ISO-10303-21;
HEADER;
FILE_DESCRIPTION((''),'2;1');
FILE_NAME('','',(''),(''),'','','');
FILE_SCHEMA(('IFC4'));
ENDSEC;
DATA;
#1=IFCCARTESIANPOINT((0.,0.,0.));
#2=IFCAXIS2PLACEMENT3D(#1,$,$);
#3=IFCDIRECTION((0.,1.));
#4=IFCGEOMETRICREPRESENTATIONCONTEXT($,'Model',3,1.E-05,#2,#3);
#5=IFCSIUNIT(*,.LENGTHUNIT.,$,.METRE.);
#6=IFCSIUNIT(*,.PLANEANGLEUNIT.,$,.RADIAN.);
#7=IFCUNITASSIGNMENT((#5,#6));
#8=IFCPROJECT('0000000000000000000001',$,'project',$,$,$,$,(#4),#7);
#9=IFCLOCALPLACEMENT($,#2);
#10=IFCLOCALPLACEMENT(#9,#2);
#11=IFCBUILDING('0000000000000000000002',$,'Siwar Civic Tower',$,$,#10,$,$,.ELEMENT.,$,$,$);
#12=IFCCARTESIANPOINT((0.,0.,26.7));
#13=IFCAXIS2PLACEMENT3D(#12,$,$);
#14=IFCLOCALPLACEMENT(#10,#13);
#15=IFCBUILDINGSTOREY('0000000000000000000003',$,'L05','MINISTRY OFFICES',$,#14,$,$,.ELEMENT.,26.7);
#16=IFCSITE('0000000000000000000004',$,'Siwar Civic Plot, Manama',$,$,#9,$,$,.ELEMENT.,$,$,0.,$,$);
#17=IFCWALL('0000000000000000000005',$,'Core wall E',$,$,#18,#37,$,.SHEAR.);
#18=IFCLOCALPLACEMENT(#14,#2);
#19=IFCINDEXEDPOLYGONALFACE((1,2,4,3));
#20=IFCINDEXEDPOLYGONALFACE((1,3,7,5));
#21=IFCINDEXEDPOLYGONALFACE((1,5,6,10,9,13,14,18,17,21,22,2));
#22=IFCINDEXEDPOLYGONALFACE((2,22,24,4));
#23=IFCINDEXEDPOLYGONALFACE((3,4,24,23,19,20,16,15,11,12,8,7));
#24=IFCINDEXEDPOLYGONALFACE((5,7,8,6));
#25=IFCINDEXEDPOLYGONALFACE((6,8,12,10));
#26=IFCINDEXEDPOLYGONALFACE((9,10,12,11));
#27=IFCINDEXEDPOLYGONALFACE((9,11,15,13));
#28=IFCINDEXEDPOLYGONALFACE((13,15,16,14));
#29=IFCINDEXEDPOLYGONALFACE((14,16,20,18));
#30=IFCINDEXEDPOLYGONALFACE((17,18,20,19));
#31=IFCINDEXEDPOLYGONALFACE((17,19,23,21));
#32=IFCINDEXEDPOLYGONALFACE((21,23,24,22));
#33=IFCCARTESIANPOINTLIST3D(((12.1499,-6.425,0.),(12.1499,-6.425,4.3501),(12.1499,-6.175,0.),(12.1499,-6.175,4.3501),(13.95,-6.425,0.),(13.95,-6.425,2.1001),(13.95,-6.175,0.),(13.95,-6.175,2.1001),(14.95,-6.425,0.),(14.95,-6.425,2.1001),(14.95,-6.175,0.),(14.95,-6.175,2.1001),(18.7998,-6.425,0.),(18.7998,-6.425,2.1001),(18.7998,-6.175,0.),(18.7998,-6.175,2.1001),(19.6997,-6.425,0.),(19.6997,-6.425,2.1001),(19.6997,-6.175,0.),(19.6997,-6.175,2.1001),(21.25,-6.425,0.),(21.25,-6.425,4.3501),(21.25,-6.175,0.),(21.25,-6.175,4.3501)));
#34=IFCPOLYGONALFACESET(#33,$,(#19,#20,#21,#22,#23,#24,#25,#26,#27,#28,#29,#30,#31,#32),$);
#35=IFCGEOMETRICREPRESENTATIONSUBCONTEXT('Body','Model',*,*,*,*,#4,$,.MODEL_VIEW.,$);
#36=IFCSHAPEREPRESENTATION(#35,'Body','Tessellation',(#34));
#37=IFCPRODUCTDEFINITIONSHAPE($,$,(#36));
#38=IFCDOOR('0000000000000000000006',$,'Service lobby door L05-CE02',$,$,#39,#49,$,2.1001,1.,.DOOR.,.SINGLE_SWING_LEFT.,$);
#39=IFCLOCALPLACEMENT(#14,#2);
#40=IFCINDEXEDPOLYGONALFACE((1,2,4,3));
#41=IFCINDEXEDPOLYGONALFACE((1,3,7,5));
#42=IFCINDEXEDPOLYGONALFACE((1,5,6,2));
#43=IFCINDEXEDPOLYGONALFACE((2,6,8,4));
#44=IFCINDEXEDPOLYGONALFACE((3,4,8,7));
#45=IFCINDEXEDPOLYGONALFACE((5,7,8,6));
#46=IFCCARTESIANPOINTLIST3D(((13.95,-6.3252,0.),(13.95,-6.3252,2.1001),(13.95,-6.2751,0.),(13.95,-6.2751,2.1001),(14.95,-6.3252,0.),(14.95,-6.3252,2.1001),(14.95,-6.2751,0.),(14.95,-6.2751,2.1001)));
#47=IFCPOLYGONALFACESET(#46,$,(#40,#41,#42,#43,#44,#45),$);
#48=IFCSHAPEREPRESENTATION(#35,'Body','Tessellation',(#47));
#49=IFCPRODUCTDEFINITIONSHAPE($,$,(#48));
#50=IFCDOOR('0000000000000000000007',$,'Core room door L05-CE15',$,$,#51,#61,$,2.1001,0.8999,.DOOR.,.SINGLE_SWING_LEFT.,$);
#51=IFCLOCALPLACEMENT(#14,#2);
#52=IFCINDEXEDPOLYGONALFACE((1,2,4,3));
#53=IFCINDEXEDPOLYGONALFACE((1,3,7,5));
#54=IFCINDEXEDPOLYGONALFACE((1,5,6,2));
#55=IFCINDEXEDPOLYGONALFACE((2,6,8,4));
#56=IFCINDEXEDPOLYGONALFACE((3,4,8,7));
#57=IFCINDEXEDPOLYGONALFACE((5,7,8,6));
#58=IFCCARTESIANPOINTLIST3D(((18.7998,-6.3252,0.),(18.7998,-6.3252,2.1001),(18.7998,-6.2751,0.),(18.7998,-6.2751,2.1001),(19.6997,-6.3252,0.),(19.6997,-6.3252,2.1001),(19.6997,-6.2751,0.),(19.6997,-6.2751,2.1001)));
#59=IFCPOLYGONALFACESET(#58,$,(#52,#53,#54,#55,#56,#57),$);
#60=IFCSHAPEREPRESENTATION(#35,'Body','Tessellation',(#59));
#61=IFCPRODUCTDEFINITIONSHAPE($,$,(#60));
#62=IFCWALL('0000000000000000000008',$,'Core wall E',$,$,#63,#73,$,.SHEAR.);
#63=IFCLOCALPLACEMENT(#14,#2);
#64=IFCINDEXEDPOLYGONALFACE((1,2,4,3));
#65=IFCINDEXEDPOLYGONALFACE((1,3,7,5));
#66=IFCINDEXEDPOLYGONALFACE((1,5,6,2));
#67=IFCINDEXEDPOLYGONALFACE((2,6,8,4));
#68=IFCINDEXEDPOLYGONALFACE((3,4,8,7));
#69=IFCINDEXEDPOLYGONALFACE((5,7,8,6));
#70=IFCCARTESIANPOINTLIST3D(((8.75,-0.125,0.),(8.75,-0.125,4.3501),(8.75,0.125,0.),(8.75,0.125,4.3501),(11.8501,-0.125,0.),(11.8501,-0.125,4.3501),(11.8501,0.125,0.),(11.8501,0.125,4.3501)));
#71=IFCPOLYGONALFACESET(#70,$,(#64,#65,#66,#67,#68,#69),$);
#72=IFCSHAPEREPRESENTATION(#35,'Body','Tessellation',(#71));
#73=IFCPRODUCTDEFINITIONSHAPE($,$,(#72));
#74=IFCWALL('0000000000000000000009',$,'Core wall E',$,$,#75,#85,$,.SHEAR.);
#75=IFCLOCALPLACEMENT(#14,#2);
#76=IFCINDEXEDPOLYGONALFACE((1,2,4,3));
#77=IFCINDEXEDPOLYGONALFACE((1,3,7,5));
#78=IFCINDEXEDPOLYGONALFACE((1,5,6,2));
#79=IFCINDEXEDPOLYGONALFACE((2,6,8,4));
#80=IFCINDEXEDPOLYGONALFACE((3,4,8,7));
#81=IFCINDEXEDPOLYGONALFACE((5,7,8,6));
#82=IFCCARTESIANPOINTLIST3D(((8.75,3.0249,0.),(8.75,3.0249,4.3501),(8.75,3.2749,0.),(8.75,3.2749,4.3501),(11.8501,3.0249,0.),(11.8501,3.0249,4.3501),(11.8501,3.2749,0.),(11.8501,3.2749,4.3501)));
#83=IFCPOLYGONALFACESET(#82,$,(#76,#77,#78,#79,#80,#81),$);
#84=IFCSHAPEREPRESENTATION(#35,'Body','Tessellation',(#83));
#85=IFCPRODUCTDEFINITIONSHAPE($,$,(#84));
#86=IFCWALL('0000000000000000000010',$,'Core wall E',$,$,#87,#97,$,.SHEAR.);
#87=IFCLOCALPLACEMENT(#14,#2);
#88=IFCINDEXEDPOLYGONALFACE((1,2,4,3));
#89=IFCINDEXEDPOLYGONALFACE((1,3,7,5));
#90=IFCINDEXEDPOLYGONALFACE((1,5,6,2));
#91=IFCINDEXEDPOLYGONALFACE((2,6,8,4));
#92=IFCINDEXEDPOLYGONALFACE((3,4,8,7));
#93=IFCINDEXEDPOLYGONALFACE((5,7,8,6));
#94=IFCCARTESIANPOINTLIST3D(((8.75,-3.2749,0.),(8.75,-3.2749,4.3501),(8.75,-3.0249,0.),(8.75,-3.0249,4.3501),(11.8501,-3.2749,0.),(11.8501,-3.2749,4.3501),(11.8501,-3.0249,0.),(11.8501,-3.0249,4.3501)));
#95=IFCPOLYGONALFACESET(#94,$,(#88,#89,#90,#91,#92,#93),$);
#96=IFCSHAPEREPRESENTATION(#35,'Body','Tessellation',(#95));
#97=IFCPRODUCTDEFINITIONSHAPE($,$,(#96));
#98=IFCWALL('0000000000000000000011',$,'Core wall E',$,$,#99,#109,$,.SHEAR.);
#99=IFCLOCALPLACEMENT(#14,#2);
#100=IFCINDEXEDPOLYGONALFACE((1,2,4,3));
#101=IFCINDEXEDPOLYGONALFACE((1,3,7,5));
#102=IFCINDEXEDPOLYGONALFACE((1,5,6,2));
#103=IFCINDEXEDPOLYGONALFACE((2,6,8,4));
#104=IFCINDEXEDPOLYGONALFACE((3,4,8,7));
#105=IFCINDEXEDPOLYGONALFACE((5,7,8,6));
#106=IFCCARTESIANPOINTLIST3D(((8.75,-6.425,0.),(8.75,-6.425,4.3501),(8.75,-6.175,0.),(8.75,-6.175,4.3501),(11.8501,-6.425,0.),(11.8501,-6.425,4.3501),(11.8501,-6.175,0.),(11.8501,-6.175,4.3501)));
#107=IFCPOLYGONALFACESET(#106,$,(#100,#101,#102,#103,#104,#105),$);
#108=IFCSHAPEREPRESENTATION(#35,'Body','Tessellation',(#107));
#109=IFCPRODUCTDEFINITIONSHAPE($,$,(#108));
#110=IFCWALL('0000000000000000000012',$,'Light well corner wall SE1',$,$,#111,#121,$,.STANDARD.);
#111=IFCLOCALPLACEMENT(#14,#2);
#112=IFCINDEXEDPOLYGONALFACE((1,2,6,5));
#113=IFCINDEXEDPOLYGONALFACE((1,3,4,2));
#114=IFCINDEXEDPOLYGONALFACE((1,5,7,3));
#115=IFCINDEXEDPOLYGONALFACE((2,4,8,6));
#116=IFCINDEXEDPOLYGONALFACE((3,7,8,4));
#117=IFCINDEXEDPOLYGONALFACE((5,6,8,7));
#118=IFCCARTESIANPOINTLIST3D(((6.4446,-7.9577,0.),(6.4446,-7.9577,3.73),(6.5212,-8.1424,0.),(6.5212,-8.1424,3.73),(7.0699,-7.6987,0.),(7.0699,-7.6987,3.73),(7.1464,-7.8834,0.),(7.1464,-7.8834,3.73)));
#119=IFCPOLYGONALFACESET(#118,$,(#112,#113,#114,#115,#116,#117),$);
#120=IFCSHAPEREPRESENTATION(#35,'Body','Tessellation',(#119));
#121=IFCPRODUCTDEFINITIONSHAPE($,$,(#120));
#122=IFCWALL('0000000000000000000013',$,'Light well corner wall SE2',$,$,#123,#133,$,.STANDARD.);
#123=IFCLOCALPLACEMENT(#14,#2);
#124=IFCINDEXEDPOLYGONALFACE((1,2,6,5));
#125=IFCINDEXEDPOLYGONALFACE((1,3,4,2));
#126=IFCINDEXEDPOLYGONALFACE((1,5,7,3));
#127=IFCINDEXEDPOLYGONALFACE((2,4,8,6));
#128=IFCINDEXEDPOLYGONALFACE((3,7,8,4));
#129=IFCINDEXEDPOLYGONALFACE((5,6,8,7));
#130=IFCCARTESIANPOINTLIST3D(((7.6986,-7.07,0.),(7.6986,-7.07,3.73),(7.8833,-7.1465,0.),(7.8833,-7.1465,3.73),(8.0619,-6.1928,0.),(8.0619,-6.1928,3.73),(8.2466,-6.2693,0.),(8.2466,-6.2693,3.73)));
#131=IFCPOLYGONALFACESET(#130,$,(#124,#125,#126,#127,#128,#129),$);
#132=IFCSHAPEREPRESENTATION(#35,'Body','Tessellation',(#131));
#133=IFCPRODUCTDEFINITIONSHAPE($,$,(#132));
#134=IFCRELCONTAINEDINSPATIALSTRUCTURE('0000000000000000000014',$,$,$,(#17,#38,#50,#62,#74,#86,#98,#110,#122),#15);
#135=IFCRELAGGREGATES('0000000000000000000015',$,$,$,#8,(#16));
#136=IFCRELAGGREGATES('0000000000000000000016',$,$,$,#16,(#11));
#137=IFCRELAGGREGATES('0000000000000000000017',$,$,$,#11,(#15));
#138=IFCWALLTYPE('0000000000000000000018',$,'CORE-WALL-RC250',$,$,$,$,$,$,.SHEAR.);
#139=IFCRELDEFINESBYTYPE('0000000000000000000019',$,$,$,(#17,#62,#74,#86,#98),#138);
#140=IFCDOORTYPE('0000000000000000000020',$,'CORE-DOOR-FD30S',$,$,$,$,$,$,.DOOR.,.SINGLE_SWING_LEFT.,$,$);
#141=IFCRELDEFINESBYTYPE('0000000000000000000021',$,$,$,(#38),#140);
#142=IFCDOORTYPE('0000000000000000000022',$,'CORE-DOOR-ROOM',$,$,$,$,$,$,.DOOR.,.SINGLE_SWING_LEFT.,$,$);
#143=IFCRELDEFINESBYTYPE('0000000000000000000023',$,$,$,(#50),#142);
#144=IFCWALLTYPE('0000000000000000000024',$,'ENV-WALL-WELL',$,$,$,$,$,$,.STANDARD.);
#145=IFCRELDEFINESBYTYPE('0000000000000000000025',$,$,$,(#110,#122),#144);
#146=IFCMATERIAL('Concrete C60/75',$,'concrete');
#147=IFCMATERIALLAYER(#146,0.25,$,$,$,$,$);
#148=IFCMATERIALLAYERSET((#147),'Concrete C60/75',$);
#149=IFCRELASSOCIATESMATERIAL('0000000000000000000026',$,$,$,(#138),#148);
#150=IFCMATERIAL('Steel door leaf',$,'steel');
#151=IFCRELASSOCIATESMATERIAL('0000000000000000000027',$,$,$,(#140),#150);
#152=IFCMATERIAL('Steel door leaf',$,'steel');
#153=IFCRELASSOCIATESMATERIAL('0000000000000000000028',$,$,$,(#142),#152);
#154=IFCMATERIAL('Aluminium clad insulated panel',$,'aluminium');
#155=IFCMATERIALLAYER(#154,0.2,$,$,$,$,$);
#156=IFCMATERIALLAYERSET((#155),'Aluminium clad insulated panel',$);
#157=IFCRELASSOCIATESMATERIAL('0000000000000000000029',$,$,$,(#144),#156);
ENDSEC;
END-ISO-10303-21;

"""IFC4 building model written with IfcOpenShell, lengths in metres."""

from ifc_helpers import new_model, si_unit, direction, frame, frame_2d, origin, place, context, subcontext, project, spatial, rectangle, extrude, material, layer, layer_set, type_object, element, fill, save


model = new_model("IFC4")

# Units and contexts
model_context = context("Model", 3, precision=1e-05, world=origin(), true_north=direction((0.0, 1.0)))
body_context = subcontext(model_context, "Body", "Model", "MODEL_VIEW")
ifc_project = project(units=[si_unit("LENGTHUNIT", "METRE"), si_unit("PLANEANGLEUNIT", "RADIAN")], contexts=[model_context])

# Site, building, storey
site_placement = place(None, origin())
site = spatial("IfcSite", under=ifc_project, at=site_placement, Name="Siwar Civic Plot, Manama", CompositionType="ELEMENT", RefElevation=0.0)
building_placement = place(site_placement, origin())
building = spatial("IfcBuilding", under=site, at=building_placement, Name="Siwar Civic Tower", CompositionType="ELEMENT")
storey_placement = place(building_placement, frame((0.0, 0.0, 26.7)))
storey = spatial("IfcBuildingStorey", under=building, at=storey_placement, Name="L05", Description="MINISTRY OFFICES", CompositionType="ELEMENT", Elevation=26.7)

# Wall, openings, doors
ifc_material_1 = material(Name="Concrete C60/75", Category="concrete")
ifc_layer_1 = layer(ifc_material_1, 0.25)
ifc_layer_set_1 = layer_set([ifc_layer_1], Name="Concrete C60/75")
wall_type_1 = type_object("IfcWallType", Name="CORE-WALL-RC250", PredefinedType="SHEAR", material=ifc_layer_set_1)
wall_1_placement = place(storey_placement, frame((12.1499, -6.3, 0.0), z_axis=(0.0, 0.0, 1.0), x_axis=(1.0, 0.0, 0.0)))
wall_1 = element("IfcWall", 1, at=wall_1_placement, inside=storey, type_object=wall_type_1, Name="Core wall E", PredefinedType="SHEAR", context=body_context, shape_type="SweptSolid", body=[
    extrude(rectangle(XDim=9.1001, YDim=0.25, at=frame_2d((4.55, 0.0))), origin(), (0.0, 0.0, 1.0), 4.3501),
])
opening_1_placement = place(wall_1_placement, frame((1.8, 0.0, 0.0)))
opening_1 = element("IfcOpeningElement", 2, at=opening_1_placement, cuts=wall_1, PredefinedType="OPENING", context=body_context, shape_type="SweptSolid", body=[
    extrude(rectangle(XDim=1.0, YDim=2.1001, at=frame_2d((0.5, 1.05))), frame((0.0, 0.135, 0.0), z_axis=(0.0, -1.0, 0.0), x_axis=(1.0, 0.0, 0.0)), (0.0, 0.0, 1.0), 0.27),
])
opening_2_placement = place(wall_1_placement, frame((6.6499, 0.0, 0.0)))
opening_2 = element("IfcOpeningElement", 3, at=opening_2_placement, cuts=wall_1, PredefinedType="OPENING", context=body_context, shape_type="SweptSolid", body=[
    extrude(rectangle(XDim=0.8999, YDim=2.1001, at=frame_2d((0.45, 1.05))), frame((0.0, 0.135, 0.0), z_axis=(0.0, -1.0, 0.0), x_axis=(1.0, 0.0, 0.0)), (0.0, 0.0, 1.0), 0.27),
])
ifc_material_2 = material(Name="Steel door leaf", Category="steel")
door_type_1 = type_object("IfcDoorType", Name="CORE-DOOR-FD30S", OperationType="SINGLE_SWING_LEFT", PredefinedType="DOOR", material=ifc_material_2)
door_1_placement = place(opening_1_placement, origin())
door_1 = element("IfcDoor", 4, at=door_1_placement, inside=storey, type_object=door_type_1, Name="Service lobby door L05-CE02", OperationType="SINGLE_SWING_LEFT", OverallHeight=2.1001, OverallWidth=1.0, PredefinedType="DOOR", context=body_context, shape_type="SweptSolid", body=[
    extrude(rectangle(XDim=1.0, YDim=2.1001, at=frame_2d((0.5, 1.05))), frame((0.0, 0.0249, 0.0), z_axis=(0.0, -1.0, 0.0), x_axis=(1.0, 0.0, 0.0)), (0.0, 0.0, 1.0), 0.05),
])
fill(opening_1, door_1)
ifc_material_3 = material(Name="Steel door leaf", Category="steel")
door_type_2 = type_object("IfcDoorType", Name="CORE-DOOR-ROOM", OperationType="SINGLE_SWING_LEFT", PredefinedType="DOOR", material=ifc_material_3)
door_2_placement = place(opening_2_placement, origin())
door_2 = element("IfcDoor", 5, at=door_2_placement, inside=storey, type_object=door_type_2, Name="Core room door L05-CE15", OperationType="SINGLE_SWING_LEFT", OverallHeight=2.1001, OverallWidth=0.8999, PredefinedType="DOOR", context=body_context, shape_type="SweptSolid", body=[
    extrude(rectangle(XDim=0.8999, YDim=2.1001, at=frame_2d((0.45, 1.05))), frame((0.0, 0.0249, 0.0), z_axis=(0.0, -1.0, 0.0), x_axis=(1.0, 0.0, 0.0)), (0.0, 0.0, 1.0), 0.05),
])
fill(opening_2, door_2)

# Walls
for number, where, z_axis, x_axis, name in (
    (6, (8.75, 0.0, 0.0), (0.0, 0.0, 1.0), (1.0, 0.0, 0.0), "Core wall E"),
    (7, (8.75, 3.1499, 0.0), (0.0, 0.0, 1.0), (1.0, 0.0, 0.0), "Core wall E"),
    (8, (8.75, -3.1499, 0.0), (0.0, 0.0, 1.0), (1.0, 0.0, 0.0), "Core wall E"),
    (9, (8.75, -6.3, 0.0), (0.0, 0.0, 1.0), (1.0, 0.0, 0.0), "Core wall E"),
):
    element("IfcWall", number, at=place(storey_placement, frame(where, z_axis=z_axis, x_axis=x_axis)), inside=storey, type_object=wall_type_1, Name=name, PredefinedType="SHEAR", context=body_context, shape_type="SweptSolid", body=[
        extrude(rectangle(XDim=3.1001, YDim=0.25, at=frame_2d((1.55, 0.0))), origin(), (0.0, 0.0, 1.0), 4.3501),
    ])
ifc_material_4 = material(Name="Aluminium clad insulated panel", Category="aluminium")
ifc_layer_2 = layer(ifc_material_4, 0.2)
ifc_layer_set_2 = layer_set([ifc_layer_2], Name="Aluminium clad insulated panel")
wall_type_2 = type_object("IfcWallType", Name="ENV-WALL-WELL", PredefinedType="STANDARD", material=ifc_layer_set_2)
wall_2_placement = place(storey_placement, frame((6.4829, -8.05, 0.0), z_axis=(0.0, 0.0, 1.0), x_axis=(0.923854, 0.382745, 0.0)))
element("IfcWall", 10, at=wall_2_placement, inside=storey, type_object=wall_type_2, Name="Light well corner wall SE1", PredefinedType="STANDARD", context=body_context, shape_type="SweptSolid", body=[
    extrude(rectangle(XDim=0.6768, YDim=0.2, at=frame_2d((0.3384, 0.0))), origin(), (0.0, 0.0, 1.0), 3.73),
])
wall_3_placement = place(storey_placement, frame((7.791, -7.1082, 0.0), z_axis=(0.0, 0.0, 1.0), x_axis=(0.382624, 0.923904, 0.0)))
element("IfcWall", 11, at=wall_3_placement, inside=storey, type_object=wall_type_2, Name="Light well corner wall SE2", PredefinedType="STANDARD", context=body_context, shape_type="SweptSolid", body=[
    extrude(rectangle(XDim=0.9495, YDim=0.2, at=frame_2d((0.4746, 0.0))), origin(), (0.0, 0.0, 1.0), 3.73),
])

save(model, "model.ifc")
